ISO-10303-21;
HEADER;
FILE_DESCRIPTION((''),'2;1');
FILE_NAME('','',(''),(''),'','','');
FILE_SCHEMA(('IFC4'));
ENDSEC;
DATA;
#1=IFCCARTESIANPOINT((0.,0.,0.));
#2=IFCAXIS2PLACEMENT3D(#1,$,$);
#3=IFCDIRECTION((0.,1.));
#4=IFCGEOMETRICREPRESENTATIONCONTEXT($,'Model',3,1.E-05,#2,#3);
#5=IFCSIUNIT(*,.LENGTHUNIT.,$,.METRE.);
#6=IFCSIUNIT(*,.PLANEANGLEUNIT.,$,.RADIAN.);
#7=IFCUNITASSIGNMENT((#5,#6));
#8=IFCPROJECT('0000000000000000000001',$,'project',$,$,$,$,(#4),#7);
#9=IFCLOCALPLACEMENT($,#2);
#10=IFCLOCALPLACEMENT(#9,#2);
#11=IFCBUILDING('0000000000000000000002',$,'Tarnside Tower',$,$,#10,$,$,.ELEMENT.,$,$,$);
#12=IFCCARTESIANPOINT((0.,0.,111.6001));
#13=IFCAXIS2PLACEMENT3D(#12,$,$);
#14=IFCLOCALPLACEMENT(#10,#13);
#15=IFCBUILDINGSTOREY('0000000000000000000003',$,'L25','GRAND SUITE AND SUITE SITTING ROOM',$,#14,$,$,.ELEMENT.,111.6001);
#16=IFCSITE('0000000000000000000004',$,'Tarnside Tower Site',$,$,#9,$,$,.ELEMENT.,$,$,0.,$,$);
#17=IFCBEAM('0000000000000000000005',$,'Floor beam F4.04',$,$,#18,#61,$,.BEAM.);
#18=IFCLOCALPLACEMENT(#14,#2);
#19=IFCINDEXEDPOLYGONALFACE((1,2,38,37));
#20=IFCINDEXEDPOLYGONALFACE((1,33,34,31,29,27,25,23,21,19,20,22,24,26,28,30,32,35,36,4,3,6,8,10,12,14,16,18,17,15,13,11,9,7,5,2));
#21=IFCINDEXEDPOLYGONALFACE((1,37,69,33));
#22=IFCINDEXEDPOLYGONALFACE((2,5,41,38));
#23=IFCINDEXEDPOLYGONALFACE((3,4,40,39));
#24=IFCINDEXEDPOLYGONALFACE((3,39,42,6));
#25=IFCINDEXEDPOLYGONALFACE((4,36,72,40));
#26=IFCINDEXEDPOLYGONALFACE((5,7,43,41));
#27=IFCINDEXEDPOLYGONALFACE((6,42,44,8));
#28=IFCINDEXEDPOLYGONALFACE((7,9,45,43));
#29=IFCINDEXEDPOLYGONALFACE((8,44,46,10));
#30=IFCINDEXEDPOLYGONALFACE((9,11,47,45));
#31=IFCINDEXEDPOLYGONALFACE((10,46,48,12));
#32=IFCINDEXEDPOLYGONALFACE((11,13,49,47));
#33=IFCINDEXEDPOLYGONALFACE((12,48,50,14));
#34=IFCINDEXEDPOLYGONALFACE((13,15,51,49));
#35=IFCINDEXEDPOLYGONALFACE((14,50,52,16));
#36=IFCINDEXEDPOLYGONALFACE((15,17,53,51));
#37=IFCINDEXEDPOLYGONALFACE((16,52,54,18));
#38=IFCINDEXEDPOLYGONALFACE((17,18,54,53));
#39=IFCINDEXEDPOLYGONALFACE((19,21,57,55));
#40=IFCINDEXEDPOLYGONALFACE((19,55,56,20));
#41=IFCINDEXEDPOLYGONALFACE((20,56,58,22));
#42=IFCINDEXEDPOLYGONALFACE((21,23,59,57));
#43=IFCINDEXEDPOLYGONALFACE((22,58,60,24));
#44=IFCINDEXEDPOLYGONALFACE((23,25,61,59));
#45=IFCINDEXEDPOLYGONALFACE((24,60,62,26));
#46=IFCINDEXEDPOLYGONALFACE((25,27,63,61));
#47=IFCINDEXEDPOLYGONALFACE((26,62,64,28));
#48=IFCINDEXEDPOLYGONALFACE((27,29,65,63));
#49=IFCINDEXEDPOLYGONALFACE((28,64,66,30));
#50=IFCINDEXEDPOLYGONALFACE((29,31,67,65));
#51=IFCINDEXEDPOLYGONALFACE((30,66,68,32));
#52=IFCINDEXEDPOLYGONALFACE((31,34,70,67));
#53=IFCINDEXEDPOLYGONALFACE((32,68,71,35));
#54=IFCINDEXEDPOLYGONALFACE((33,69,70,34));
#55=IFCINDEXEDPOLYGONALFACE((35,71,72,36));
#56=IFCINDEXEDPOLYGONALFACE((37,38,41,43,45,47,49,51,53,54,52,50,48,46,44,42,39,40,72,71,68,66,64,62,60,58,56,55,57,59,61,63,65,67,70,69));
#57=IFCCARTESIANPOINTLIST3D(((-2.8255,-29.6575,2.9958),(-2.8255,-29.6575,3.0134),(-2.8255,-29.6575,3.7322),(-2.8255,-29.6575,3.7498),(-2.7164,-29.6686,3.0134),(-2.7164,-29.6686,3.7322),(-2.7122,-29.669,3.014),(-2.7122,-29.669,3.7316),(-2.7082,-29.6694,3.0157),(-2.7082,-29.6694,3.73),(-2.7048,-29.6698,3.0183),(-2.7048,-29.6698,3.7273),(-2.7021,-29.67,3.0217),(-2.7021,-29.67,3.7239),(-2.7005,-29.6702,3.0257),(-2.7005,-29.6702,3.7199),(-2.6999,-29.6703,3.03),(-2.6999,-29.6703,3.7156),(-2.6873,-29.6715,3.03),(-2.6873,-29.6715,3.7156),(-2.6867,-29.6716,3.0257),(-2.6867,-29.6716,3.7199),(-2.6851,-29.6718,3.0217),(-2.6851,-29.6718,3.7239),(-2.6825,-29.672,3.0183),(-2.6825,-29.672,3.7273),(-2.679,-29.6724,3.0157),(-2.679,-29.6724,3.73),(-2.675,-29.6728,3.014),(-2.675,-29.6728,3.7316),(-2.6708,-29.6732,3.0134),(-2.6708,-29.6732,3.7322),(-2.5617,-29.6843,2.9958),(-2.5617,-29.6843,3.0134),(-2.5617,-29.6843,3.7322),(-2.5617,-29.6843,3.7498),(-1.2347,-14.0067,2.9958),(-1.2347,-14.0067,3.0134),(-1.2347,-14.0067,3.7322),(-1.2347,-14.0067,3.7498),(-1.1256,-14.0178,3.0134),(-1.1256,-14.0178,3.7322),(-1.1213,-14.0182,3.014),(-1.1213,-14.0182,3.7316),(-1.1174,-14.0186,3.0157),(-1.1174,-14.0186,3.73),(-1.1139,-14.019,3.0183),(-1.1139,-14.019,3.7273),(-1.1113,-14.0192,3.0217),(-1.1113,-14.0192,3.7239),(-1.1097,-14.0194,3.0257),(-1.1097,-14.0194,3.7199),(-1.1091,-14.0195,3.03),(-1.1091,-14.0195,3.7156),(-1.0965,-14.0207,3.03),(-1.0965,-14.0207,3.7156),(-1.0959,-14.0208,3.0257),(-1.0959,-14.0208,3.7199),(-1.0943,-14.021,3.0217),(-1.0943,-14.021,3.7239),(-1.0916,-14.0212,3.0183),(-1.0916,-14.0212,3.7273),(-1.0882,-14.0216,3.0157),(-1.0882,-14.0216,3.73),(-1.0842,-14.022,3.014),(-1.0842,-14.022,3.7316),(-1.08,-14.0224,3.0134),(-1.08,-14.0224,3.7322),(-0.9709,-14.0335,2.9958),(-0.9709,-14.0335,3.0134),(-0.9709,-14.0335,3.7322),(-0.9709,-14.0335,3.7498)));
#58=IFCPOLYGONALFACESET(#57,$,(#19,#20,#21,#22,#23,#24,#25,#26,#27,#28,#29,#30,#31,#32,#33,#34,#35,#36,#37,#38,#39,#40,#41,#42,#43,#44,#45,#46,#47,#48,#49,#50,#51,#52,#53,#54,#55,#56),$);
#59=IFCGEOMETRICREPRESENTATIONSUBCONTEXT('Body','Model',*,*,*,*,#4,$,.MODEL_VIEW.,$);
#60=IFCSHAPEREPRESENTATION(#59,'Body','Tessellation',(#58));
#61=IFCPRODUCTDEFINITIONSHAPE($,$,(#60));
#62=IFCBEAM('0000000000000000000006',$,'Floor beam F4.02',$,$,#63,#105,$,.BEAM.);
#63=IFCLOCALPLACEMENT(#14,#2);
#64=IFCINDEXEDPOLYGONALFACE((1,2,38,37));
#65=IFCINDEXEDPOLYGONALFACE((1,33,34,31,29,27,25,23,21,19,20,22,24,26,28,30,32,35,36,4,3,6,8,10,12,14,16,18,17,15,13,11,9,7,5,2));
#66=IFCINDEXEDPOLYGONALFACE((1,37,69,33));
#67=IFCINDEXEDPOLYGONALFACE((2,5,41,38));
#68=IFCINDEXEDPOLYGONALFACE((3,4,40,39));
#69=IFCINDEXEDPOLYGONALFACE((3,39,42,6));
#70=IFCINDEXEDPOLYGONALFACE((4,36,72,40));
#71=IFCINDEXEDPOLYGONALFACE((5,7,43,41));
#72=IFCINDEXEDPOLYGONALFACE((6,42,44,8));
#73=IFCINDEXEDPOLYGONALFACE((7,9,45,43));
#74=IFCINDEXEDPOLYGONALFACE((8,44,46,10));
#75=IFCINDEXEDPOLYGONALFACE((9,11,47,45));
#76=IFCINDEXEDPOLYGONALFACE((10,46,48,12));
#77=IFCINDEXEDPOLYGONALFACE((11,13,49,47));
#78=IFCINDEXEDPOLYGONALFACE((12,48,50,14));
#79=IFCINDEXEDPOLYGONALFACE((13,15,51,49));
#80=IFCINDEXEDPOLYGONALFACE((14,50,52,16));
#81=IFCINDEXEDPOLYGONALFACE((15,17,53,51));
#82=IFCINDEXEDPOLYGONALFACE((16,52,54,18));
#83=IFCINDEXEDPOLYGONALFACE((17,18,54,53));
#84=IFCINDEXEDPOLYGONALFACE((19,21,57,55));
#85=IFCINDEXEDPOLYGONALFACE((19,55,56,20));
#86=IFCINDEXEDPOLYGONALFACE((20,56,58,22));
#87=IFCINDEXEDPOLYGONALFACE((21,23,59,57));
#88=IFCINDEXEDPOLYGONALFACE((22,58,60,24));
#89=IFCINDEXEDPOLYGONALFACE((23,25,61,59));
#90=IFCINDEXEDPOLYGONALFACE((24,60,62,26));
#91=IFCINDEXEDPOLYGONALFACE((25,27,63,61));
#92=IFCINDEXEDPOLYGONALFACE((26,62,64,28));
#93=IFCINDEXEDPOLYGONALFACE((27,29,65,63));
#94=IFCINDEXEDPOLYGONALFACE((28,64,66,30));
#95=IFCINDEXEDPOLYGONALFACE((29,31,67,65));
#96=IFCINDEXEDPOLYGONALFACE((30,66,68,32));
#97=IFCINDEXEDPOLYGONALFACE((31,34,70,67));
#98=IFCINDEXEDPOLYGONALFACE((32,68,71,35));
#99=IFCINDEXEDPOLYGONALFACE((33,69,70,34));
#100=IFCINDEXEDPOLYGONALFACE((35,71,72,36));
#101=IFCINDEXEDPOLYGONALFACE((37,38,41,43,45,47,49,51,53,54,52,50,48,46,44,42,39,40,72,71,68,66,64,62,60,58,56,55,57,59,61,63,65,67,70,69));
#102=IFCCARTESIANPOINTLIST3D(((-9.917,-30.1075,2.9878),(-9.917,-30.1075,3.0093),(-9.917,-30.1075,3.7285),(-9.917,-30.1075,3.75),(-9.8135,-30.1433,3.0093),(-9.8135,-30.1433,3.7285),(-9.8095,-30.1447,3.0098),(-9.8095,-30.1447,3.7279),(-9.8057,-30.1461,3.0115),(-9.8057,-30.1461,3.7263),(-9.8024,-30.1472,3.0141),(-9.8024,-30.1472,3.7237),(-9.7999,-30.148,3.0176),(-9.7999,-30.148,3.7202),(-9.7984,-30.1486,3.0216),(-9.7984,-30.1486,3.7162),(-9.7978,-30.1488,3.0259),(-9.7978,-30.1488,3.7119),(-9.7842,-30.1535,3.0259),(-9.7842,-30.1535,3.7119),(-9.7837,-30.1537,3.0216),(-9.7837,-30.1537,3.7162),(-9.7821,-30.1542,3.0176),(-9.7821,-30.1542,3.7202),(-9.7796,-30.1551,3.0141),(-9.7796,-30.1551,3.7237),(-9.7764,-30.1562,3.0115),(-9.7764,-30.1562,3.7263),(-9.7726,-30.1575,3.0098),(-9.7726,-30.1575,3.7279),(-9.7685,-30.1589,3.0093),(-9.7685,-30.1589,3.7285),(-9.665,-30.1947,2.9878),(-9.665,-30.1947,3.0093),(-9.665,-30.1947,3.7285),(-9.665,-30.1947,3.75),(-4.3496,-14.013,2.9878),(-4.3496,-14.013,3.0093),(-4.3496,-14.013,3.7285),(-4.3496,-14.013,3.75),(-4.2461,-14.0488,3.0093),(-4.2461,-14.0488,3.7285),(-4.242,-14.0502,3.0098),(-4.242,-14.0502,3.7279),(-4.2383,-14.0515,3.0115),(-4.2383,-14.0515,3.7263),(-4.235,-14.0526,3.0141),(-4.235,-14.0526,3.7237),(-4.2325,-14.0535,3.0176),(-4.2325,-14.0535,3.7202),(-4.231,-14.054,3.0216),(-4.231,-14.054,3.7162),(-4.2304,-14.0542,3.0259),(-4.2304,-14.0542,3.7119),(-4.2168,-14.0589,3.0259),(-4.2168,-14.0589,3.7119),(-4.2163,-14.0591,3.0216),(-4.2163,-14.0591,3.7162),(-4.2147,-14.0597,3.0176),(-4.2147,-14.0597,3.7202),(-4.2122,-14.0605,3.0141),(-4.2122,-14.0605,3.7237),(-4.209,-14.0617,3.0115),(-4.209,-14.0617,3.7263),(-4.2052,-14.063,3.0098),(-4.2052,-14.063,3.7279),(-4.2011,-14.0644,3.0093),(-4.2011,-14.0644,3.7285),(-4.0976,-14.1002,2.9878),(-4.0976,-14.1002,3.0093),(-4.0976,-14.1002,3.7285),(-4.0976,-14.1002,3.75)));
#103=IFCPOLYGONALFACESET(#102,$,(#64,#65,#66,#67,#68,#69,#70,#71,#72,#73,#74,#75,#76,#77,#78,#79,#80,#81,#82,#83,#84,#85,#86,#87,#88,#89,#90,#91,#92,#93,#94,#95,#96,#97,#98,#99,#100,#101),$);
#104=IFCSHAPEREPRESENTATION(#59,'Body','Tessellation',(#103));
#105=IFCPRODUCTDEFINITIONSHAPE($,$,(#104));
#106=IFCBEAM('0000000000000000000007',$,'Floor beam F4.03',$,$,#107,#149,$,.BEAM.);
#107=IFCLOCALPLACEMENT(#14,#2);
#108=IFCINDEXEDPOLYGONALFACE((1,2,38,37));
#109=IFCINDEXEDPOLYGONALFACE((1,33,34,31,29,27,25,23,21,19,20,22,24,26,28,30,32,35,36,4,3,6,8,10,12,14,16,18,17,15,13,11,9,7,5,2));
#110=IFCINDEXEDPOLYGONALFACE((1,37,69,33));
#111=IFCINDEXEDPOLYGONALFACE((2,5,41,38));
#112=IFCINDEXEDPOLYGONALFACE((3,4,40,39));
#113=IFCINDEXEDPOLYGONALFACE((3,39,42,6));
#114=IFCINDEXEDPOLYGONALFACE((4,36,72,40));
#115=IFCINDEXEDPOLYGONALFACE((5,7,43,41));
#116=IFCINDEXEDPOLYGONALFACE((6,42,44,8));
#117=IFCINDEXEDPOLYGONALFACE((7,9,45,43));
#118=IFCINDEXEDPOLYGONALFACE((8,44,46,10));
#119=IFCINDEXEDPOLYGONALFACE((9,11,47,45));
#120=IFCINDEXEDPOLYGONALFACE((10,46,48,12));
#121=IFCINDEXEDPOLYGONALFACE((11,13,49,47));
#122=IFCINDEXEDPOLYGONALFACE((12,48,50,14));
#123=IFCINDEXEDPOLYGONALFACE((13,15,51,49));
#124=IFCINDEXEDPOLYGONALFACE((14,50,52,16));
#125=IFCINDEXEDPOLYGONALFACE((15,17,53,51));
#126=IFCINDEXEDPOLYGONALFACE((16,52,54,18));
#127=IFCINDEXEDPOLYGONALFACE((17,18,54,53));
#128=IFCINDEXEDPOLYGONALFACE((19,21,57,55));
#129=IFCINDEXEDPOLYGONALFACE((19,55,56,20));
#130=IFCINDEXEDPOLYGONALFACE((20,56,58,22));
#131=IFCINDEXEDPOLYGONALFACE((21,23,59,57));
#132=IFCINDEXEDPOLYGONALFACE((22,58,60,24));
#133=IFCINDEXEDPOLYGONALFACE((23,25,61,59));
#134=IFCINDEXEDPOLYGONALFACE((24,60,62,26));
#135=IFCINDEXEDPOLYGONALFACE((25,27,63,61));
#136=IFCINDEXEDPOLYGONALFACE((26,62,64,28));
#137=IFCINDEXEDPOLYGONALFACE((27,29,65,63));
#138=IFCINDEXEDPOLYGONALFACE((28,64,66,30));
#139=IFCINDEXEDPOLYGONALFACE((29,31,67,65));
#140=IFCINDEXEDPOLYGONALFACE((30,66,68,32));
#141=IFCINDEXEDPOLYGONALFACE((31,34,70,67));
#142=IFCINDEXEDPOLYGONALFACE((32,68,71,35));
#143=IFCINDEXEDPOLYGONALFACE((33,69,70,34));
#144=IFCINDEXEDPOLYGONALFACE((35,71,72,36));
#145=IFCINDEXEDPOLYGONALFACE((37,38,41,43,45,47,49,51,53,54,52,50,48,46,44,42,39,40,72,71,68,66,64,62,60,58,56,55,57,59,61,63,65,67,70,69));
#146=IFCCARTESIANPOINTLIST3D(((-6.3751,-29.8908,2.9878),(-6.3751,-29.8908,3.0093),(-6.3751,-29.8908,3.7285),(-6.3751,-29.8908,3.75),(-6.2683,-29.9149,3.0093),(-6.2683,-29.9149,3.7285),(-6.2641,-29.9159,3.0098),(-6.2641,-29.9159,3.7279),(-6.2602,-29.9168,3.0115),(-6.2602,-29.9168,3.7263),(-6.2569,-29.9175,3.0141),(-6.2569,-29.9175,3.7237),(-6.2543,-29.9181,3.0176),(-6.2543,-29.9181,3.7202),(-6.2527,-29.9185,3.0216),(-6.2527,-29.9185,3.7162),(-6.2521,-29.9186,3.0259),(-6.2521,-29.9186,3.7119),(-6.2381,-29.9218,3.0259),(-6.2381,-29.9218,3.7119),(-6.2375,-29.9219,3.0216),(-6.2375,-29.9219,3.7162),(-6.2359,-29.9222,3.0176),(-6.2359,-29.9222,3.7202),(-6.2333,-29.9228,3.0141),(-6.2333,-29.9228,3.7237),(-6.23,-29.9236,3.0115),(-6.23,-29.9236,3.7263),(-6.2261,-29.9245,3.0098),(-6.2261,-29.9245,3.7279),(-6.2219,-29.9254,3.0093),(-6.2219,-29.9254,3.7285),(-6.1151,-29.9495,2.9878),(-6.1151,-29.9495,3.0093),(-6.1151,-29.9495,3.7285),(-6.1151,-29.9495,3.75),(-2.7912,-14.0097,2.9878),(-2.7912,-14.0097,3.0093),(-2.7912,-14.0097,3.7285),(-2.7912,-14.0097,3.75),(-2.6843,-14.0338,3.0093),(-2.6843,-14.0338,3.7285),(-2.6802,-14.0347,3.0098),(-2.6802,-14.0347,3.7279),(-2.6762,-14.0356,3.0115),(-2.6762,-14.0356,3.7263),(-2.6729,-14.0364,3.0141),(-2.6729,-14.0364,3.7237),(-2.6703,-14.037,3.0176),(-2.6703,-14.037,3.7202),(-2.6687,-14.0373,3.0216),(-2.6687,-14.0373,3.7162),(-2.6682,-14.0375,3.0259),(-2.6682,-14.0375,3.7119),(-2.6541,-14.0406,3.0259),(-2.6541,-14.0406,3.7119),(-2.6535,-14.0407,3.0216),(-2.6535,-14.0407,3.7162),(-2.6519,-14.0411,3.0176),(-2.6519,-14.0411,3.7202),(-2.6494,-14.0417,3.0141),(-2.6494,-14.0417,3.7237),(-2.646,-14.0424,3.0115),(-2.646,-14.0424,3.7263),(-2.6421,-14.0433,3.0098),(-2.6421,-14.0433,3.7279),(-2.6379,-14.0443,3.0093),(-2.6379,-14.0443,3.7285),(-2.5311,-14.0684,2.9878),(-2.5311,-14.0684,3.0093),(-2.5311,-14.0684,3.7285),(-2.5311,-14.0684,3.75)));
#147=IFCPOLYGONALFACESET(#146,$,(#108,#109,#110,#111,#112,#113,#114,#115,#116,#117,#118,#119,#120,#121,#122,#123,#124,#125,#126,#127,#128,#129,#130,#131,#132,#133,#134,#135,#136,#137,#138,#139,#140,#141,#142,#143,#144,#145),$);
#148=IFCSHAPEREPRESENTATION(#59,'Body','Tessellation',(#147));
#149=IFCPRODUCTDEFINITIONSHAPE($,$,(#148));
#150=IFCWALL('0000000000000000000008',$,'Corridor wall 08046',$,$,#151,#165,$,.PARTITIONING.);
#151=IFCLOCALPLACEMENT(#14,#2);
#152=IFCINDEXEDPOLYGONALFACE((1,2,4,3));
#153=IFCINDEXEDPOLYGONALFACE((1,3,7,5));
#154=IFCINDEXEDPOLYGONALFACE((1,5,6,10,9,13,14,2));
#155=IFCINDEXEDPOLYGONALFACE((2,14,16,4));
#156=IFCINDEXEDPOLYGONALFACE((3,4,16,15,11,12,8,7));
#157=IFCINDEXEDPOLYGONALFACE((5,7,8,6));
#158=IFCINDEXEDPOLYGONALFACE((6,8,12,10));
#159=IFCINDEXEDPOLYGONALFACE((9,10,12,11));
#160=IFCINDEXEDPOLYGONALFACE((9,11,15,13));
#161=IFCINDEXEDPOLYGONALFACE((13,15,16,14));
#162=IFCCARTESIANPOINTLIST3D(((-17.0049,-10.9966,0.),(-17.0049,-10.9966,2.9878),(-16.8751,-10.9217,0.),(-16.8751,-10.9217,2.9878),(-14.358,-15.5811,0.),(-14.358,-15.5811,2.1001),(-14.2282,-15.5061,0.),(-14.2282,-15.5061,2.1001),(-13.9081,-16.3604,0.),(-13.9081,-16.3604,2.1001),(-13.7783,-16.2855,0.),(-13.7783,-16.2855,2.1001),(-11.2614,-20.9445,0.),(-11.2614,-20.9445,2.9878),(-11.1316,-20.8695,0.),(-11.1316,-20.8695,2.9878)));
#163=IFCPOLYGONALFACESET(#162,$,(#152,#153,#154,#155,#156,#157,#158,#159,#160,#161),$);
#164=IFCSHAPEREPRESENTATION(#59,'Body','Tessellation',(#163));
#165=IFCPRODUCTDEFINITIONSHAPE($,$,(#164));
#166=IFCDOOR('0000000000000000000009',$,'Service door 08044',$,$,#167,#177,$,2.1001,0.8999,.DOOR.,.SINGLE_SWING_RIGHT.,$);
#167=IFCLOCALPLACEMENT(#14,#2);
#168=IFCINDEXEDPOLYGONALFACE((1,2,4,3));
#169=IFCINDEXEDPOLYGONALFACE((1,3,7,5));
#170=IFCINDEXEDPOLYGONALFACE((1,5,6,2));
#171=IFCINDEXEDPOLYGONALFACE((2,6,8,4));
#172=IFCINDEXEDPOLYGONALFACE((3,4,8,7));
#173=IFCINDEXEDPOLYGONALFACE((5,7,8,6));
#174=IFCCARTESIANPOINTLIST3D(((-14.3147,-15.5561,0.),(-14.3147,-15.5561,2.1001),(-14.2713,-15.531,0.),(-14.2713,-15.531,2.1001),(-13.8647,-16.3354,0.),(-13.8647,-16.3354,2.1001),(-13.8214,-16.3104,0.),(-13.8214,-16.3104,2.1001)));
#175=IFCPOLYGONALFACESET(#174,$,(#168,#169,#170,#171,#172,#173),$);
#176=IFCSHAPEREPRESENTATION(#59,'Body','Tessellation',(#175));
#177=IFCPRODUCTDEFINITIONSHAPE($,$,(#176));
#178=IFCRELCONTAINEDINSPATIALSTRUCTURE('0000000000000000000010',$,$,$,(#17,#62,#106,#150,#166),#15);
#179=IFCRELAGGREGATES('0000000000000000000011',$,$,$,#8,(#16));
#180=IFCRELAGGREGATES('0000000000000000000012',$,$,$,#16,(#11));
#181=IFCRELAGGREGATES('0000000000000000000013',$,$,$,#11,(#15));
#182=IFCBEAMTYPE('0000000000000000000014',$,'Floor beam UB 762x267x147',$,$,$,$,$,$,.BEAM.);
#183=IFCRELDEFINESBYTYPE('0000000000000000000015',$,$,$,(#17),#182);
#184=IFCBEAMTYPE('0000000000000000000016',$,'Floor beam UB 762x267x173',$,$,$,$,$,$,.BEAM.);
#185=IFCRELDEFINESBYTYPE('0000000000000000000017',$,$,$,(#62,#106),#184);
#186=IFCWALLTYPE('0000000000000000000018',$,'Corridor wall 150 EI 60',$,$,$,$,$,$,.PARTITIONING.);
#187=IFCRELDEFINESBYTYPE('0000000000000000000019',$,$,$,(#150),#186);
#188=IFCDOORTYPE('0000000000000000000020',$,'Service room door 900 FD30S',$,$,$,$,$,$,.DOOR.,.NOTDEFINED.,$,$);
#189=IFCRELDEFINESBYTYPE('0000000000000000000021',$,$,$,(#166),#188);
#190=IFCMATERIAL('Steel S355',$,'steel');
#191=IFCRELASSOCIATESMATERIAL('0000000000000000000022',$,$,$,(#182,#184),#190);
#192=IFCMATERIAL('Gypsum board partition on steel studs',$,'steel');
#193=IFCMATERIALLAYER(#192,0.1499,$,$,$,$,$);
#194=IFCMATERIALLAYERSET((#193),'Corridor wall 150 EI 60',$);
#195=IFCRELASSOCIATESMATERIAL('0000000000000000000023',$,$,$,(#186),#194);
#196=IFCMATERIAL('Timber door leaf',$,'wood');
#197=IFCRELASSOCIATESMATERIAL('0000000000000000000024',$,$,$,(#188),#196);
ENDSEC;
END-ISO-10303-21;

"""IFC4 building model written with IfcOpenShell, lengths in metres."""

from ifc_helpers import new_model, si_unit, direction, frame, frame_2d, origin, origin_2d, place, context, subcontext, project, spatial, rectangle, i_section, extrude, material, layer, layer_set, material_profile, profile_set, type_object, element, fill, save


model = new_model("IFC4")

# Units and contexts
model_context = context("Model", 3, precision=1e-05, world=origin(), true_north=direction((0.0, 1.0)))
body_context = subcontext(model_context, "Body", "Model", "MODEL_VIEW")
ifc_project = project(units=[si_unit("LENGTHUNIT", "METRE"), si_unit("PLANEANGLEUNIT", "RADIAN")], contexts=[model_context])

# Site, building, storey
site_placement = place(None, origin())
site = spatial("IfcSite", under=ifc_project, at=site_placement, Name="Tarnside Tower Site", CompositionType="ELEMENT", RefElevation=0.0)
building_placement = place(site_placement, origin())
building = spatial("IfcBuilding", under=site, at=building_placement, Name="Tarnside Tower", CompositionType="ELEMENT")
storey_placement = place(building_placement, frame((0.0, 0.0, 111.6001)))
storey = spatial("IfcBuildingStorey", under=building, at=storey_placement, Name="L25", Description="GRAND SUITE AND SUITE SITTING ROOM", CompositionType="ELEMENT", Elevation=111.6001)

# Beams
ifc_material_1 = material(Name="Steel S355", Category="steel")
ifc_material_profile_1 = material_profile(ifc_material_1, i_section(OverallWidth=0.2651, OverallDepth=0.7539, WebThickness=0.0127, FlangeThickness=0.0176, FilletRadius=0.0166, at=origin_2d()), Name="UB 762x267x147")
ifc_profile_set_1 = profile_set([ifc_material_profile_1], Name="Steel S355")
beam_type_1 = type_object("IfcBeamType", Name="Floor beam UB 762x267x147", PredefinedType="BEAM", material=ifc_profile_set_1)
beam_1_placement = place(storey_placement, frame((-2.6936, -29.6709, 3.3728), z_axis=(0.101123, 0.994874, 0.0), x_axis=(-0.994874, 0.101123, 0.0)))
element("IfcBeam", 1, at=beam_1_placement, inside=storey, type_object=beam_type_1, Name="Floor beam F4.04", PredefinedType="BEAM", context=body_context, shape_type="SweptSolid", body=[
    extrude(i_section(OverallWidth=0.2651, OverallDepth=0.7539, WebThickness=0.0127, FlangeThickness=0.0176, FilletRadius=0.0166, at=origin_2d()), origin(), (0.0, 0.0, 1.0), 15.7314),
])
ifc_material_profile_2 = material_profile(ifc_material_1, i_section(OverallWidth=0.2666, OverallDepth=0.7622, WebThickness=0.0144, FlangeThickness=0.0215, FilletRadius=0.0166, at=origin_2d()), Name="UB 762x267x173")
ifc_profile_set_2 = profile_set([ifc_material_profile_2], Name="Steel S355")
beam_type_2 = type_object("IfcBeamType", Name="Floor beam UB 762x267x173", PredefinedType="BEAM", material=ifc_profile_set_2)
beam_2_placement = place(storey_placement, frame((-9.791, -30.1511, 3.3689), z_axis=(0.326912, 0.945055, 0.0), x_axis=(-0.945055, 0.326912, 0.0)))
element("IfcBeam", 2, at=beam_2_placement, inside=storey, type_object=beam_type_2, Name="Floor beam F4.02", PredefinedType="BEAM", context=body_context, shape_type="SweptSolid", body=[
    extrude(i_section(OverallWidth=0.2666, OverallDepth=0.7622, WebThickness=0.0144, FlangeThickness=0.0215, FilletRadius=0.0166, at=origin_2d()), origin(), (0.0, 0.0, 1.0), 17.0303),
])
beam_3_placement = place(storey_placement, frame((-6.2451, -29.9202, 3.3689), z_axis=(0.22014, 0.975468, 0.0), x_axis=(-0.975468, 0.22014, 0.0)))
element("IfcBeam", 3, at=beam_3_placement, inside=storey, type_object=beam_type_2, Name="Floor beam F4.03", PredefinedType="BEAM", context=body_context, shape_type="SweptSolid", body=[
    extrude(i_section(OverallWidth=0.2666, OverallDepth=0.7622, WebThickness=0.0144, FlangeThickness=0.0215, FilletRadius=0.0166, at=origin_2d()), origin(), (0.0, 0.0, 1.0), 16.2805),
])

# Wall, opening, door
ifc_material_2 = material(Name="Gypsum board partition on steel studs", Category="steel")
ifc_layer_1 = layer(ifc_material_2, 0.1499)
ifc_layer_set_1 = layer_set([ifc_layer_1], Name="Corridor wall 150 EI 60")
wall_type_1 = type_object("IfcWallType", Name="Corridor wall 150 EI 60", PredefinedType="PARTITIONING", material=ifc_layer_set_1)
wall_1_placement = place(storey_placement, frame((-11.1965, -20.907, 0.0), z_axis=(0.0, 0.0, 1.0), x_axis=(-0.500005, 0.866023, 0.0)))
wall_1 = element("IfcWall", 4, at=wall_1_placement, inside=storey, type_object=wall_type_1, Name="Corridor wall 08046", PredefinedType="PARTITIONING", context=body_context, shape_type="SweptSolid", body=[
    extrude(rectangle(XDim=11.4868, YDim=0.1499, at=frame_2d((5.7434, 0.0))), origin(), (0.0, 0.0, 1.0), 2.9878),
])
opening_1_placement = place(wall_1_placement, frame((5.2932, 0.0, 0.0)))
opening_1 = element("IfcOpeningElement", 5, at=opening_1_placement, cuts=wall_1, PredefinedType="OPENING", context=body_context, shape_type="SweptSolid", body=[
    extrude(rectangle(XDim=0.8999, YDim=2.1001, at=frame_2d((0.45, 1.05))), frame((0.0, 0.085, 0.0), z_axis=(0.0, -1.0, 0.0), x_axis=(1.0, 0.0, 0.0)), (0.0, 0.0, 1.0), 0.1699),
])
ifc_material_3 = material(Name="Timber door leaf", Category="wood")
door_type_1 = type_object("IfcDoorType", Name="Service room door 900 FD30S", OperationType="NOTDEFINED", PredefinedType="DOOR", material=ifc_material_3)
door_1_placement = place(opening_1_placement, origin())
door_1 = element("IfcDoor", 6, at=door_1_placement, inside=storey, type_object=door_type_1, Name="Service door 08044", OperationType="SINGLE_SWING_RIGHT", OverallHeight=2.1001, OverallWidth=0.8999, PredefinedType="DOOR", context=body_context, shape_type="SweptSolid", body=[
    extrude(rectangle(XDim=0.8999, YDim=2.1001, at=frame_2d((0.45, 1.05))), frame((0.0, 0.0249, 0.0), z_axis=(0.0, -1.0, 0.0), x_axis=(1.0, 0.0, 0.0)), (0.0, 0.0, 1.0), 0.05),
])
fill(opening_1, door_1)

save(model, "model.ifc")
